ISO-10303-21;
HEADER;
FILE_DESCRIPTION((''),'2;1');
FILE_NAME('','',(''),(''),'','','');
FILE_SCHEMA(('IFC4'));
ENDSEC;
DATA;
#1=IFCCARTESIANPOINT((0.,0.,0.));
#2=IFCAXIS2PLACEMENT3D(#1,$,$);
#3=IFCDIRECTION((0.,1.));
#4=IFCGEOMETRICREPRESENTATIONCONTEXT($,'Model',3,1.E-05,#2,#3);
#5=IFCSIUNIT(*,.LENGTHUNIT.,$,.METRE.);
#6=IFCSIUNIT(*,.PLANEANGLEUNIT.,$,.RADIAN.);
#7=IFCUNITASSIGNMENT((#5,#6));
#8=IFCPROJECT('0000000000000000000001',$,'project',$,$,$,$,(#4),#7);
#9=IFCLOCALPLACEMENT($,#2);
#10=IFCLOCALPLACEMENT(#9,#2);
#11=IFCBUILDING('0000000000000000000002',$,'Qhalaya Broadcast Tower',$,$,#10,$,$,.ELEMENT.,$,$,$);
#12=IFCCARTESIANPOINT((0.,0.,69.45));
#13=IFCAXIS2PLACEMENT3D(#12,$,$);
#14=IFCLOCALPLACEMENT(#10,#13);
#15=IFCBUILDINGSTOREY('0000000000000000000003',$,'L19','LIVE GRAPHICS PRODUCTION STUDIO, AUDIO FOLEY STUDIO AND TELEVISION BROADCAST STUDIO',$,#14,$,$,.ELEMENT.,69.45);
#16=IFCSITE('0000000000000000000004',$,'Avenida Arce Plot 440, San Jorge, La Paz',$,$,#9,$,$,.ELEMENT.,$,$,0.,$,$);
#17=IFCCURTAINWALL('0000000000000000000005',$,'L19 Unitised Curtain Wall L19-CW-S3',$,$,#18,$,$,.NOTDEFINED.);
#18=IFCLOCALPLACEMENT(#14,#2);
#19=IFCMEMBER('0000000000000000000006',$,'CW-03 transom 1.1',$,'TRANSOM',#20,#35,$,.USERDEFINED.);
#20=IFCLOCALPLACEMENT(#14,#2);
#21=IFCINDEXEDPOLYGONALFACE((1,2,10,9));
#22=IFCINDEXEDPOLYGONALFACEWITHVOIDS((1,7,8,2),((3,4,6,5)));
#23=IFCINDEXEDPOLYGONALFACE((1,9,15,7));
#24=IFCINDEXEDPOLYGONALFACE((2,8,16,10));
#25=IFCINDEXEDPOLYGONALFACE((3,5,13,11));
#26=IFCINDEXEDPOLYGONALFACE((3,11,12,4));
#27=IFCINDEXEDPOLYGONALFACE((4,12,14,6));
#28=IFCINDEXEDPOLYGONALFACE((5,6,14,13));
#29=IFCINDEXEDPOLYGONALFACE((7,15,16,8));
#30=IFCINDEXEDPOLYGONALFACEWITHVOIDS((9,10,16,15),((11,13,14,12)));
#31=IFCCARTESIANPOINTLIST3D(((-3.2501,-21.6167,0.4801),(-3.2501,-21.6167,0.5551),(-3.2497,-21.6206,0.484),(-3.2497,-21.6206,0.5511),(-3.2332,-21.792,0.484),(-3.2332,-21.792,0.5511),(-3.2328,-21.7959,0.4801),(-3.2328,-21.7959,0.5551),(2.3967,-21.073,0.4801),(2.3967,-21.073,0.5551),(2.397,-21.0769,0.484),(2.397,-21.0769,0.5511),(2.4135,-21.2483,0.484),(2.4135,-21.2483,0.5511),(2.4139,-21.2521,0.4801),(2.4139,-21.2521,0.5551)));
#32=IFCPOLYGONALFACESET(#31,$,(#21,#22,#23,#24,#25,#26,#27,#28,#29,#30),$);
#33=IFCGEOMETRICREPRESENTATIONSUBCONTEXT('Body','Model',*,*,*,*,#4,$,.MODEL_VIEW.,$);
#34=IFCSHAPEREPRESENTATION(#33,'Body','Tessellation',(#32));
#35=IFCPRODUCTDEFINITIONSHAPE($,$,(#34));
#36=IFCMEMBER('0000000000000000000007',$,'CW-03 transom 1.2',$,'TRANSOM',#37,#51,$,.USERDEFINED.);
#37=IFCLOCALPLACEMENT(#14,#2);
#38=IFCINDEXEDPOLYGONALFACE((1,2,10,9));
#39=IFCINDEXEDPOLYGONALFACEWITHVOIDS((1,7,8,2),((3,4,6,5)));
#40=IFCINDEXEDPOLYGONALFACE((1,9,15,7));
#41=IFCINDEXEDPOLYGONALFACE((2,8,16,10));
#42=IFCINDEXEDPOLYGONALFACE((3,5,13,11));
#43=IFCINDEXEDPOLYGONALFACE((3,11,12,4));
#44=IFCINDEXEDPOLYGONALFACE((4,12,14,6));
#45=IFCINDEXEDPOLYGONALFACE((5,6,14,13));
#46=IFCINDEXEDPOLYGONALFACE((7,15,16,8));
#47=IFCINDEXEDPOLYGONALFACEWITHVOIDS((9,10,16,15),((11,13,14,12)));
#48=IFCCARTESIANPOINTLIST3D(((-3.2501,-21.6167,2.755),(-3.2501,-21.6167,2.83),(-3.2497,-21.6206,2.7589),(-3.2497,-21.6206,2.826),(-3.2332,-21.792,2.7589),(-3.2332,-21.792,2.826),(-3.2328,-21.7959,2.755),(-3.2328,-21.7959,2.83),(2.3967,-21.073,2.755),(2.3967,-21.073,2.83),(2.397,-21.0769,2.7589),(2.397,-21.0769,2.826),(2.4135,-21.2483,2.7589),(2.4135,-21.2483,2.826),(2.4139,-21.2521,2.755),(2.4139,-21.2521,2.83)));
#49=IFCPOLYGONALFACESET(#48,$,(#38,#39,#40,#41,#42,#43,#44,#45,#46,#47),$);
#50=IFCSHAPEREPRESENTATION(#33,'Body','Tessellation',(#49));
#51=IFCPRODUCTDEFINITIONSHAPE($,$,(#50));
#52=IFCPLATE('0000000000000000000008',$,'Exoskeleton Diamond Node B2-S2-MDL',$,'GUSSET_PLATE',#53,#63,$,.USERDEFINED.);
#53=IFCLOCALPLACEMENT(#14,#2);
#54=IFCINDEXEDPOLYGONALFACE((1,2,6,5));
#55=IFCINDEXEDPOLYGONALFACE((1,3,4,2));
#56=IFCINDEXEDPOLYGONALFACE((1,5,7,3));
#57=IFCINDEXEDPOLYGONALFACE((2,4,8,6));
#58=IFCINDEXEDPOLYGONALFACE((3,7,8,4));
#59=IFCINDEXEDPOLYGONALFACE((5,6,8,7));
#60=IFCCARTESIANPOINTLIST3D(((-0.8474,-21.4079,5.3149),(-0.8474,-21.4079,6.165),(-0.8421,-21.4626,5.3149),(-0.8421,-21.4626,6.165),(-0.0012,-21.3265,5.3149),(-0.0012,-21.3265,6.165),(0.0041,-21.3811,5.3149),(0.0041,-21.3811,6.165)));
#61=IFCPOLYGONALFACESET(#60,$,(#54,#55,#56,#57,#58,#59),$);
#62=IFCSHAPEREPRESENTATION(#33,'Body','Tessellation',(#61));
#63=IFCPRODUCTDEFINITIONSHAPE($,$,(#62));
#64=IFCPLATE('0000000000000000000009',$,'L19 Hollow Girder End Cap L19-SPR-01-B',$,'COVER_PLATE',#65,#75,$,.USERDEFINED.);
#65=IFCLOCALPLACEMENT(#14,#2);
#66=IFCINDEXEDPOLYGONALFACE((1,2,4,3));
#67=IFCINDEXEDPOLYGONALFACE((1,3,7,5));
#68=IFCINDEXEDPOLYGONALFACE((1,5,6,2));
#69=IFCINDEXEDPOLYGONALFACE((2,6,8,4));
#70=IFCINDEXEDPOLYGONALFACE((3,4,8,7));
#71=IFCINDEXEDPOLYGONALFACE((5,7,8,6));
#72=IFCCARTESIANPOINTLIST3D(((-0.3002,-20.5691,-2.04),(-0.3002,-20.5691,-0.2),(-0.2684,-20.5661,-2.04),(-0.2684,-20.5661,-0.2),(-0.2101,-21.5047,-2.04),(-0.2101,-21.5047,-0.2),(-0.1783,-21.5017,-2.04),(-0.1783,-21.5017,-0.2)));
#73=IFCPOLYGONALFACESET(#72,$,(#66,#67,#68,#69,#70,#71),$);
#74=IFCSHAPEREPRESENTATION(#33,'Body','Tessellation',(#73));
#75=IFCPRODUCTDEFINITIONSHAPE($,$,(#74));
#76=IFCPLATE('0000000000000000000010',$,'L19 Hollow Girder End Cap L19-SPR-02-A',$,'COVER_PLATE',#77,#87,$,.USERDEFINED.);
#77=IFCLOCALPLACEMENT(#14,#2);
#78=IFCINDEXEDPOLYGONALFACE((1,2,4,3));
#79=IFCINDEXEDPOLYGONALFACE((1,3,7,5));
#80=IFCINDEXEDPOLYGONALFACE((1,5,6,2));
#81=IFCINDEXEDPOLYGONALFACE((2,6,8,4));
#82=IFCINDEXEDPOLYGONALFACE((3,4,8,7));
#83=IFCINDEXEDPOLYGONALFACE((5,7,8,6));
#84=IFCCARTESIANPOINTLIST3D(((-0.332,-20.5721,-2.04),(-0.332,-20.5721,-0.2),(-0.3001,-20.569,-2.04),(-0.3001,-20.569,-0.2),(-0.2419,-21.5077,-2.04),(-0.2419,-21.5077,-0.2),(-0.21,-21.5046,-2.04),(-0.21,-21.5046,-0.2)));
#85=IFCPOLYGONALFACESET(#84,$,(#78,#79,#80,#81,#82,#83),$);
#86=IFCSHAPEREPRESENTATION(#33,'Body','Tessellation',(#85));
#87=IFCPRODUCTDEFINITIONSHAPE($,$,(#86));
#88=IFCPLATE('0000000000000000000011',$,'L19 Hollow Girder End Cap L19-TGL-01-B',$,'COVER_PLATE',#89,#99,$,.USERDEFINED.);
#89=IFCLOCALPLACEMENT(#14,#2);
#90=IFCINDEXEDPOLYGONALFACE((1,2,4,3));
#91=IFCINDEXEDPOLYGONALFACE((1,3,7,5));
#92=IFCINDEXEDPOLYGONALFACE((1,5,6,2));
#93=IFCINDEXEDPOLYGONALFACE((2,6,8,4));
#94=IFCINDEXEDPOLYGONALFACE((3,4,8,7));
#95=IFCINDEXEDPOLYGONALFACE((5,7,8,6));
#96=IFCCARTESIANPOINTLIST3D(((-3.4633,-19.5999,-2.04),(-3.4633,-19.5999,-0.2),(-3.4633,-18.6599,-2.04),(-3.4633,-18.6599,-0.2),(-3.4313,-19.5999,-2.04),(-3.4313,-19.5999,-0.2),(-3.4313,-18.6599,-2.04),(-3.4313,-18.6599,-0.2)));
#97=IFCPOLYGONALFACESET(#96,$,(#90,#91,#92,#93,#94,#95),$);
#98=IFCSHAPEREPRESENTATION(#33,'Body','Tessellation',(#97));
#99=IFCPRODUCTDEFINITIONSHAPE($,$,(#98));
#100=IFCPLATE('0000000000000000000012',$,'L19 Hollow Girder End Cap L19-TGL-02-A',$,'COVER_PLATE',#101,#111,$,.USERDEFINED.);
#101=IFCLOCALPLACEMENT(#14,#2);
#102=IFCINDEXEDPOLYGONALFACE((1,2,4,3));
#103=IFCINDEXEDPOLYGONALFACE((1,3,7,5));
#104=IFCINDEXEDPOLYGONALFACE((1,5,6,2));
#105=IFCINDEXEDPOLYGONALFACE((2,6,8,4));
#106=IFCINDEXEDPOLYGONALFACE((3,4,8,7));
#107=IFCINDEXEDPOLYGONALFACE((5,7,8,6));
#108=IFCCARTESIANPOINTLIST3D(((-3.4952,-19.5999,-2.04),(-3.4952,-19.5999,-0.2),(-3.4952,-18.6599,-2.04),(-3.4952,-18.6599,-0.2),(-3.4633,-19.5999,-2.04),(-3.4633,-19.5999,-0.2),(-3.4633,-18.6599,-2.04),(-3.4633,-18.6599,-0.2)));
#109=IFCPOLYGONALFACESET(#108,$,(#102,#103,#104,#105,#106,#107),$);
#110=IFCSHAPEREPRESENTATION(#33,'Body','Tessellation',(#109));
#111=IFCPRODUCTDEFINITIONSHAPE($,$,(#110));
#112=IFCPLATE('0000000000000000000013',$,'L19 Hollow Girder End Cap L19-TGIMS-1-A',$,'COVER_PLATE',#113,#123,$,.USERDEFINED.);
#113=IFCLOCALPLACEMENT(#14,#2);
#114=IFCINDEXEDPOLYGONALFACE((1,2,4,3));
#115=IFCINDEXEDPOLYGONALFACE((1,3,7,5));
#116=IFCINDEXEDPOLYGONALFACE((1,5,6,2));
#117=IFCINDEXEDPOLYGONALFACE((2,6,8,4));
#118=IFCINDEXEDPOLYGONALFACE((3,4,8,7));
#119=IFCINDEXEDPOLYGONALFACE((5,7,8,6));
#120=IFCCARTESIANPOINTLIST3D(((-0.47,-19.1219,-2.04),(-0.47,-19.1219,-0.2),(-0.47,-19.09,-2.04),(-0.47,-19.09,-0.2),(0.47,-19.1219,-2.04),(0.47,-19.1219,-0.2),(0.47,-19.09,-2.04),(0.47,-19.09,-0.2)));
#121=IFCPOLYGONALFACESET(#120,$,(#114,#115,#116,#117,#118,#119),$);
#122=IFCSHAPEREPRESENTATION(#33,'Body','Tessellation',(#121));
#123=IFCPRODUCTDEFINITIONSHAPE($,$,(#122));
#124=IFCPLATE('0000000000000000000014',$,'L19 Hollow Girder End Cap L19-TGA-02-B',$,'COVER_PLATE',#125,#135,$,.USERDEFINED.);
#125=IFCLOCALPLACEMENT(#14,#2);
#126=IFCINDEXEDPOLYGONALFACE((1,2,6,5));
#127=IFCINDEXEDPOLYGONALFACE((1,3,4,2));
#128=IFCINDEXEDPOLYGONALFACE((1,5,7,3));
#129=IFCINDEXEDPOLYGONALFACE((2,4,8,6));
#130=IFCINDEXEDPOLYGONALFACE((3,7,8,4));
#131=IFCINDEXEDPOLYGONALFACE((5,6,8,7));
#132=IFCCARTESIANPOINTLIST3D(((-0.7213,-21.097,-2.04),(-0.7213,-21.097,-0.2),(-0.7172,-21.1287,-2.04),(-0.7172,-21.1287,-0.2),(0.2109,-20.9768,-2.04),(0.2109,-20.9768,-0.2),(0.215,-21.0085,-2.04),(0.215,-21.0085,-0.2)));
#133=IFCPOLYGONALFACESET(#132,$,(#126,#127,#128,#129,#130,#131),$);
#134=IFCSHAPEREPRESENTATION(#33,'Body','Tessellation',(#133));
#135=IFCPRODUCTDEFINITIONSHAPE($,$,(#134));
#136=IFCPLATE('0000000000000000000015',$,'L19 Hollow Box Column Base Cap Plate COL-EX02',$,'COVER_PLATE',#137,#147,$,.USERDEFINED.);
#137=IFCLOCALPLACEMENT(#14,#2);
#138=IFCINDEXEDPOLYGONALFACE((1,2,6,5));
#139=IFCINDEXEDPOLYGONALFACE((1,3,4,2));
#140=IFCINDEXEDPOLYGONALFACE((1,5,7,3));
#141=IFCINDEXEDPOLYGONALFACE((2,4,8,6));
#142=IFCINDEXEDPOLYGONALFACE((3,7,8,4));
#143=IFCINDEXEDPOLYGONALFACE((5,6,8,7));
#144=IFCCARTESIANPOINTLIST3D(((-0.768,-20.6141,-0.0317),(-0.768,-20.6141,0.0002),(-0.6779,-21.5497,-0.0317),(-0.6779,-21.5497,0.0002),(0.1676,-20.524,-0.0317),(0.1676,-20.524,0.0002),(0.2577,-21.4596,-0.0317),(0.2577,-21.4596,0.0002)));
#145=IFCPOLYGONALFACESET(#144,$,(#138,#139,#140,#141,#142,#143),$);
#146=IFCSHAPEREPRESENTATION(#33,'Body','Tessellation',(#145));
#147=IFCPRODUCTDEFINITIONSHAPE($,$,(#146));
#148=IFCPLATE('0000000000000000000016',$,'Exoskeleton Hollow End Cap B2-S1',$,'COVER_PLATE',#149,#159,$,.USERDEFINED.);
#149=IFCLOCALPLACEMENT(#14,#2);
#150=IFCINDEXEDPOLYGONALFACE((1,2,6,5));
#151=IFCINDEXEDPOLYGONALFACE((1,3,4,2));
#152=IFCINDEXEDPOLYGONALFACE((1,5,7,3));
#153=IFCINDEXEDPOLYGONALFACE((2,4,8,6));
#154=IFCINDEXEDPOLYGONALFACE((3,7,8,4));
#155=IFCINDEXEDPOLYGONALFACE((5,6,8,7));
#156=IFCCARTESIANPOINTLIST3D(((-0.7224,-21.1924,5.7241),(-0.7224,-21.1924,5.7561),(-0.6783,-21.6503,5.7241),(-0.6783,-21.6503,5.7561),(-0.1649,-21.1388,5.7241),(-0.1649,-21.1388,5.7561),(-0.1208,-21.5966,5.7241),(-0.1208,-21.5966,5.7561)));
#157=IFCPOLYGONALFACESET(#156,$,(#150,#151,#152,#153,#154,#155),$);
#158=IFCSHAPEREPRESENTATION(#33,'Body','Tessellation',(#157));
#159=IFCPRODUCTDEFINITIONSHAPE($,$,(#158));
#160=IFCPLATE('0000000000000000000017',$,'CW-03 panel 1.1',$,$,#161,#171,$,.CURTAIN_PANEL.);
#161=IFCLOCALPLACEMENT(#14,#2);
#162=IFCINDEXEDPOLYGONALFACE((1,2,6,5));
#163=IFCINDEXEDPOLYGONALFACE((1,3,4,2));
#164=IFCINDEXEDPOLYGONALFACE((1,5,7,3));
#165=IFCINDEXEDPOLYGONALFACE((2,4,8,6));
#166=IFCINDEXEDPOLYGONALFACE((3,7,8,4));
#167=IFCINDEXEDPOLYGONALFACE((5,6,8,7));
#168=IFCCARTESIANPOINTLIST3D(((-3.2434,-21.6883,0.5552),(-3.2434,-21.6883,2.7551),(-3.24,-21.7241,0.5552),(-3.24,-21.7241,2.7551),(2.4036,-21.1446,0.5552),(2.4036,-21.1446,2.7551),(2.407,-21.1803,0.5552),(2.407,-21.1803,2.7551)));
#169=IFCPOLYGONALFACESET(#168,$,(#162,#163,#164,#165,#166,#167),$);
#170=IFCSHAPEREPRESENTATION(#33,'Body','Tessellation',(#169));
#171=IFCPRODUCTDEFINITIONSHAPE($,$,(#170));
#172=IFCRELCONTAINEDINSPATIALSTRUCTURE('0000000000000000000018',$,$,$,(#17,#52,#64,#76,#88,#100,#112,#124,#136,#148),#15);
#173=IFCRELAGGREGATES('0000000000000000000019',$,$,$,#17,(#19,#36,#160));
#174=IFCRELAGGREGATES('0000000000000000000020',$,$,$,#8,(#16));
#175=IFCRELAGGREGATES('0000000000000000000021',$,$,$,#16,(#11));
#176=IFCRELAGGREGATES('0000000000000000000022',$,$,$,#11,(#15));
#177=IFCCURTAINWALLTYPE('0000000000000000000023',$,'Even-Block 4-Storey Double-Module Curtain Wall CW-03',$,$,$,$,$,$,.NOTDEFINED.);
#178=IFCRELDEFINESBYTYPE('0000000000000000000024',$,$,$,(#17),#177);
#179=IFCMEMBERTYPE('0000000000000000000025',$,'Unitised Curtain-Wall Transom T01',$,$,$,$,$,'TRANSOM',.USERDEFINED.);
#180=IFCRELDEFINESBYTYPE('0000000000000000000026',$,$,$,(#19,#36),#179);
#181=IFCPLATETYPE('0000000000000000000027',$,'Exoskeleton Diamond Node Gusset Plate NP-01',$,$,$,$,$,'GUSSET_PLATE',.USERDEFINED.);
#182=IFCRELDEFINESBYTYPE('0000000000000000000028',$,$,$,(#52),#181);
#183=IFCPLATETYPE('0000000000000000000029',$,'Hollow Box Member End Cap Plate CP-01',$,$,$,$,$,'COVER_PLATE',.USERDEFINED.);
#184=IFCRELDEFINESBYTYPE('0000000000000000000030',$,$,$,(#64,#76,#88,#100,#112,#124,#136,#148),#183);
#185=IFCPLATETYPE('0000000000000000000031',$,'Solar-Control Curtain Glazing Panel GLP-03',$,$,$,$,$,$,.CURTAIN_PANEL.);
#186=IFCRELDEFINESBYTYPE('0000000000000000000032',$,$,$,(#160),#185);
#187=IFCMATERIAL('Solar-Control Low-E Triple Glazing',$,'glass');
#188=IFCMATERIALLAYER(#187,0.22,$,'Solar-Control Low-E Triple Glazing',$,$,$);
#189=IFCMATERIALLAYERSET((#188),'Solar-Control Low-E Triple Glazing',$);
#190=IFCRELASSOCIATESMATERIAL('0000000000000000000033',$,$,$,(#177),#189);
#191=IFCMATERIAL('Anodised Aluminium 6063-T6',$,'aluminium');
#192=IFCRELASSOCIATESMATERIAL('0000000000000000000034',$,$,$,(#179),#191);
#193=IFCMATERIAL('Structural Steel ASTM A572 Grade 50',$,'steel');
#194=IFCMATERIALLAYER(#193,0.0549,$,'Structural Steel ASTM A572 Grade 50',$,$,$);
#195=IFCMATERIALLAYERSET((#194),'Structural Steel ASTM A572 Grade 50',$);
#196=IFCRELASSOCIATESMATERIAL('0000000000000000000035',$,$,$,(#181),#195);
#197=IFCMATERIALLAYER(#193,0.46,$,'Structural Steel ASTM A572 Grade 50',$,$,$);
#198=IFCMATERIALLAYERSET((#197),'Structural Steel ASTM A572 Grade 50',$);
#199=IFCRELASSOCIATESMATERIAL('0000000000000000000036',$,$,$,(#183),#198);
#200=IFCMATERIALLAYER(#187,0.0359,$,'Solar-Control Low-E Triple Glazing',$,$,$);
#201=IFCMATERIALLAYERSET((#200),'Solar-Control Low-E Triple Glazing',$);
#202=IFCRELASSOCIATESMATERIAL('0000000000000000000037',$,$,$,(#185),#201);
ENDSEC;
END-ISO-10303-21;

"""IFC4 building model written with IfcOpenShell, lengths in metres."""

from ifc_helpers import new_model, si_unit, direction, frame, origin, origin_2d, place, context, subcontext, project, spatial, rectangle, hollow_rectangle, extrude, material, layer, layer_set, material_profile, profile_set, type_object, element, aggregate, save


model = new_model("IFC4")

# Units and contexts
model_context = context("Model", 3, precision=1e-05, world=origin(), true_north=direction((0.0, 1.0)))
body_context = subcontext(model_context, "Body", "Model", "MODEL_VIEW")
ifc_project = project(units=[si_unit("LENGTHUNIT", "METRE"), si_unit("PLANEANGLEUNIT", "RADIAN")], contexts=[model_context])

# Site, building, storey
site_placement = place(None, origin())
site = spatial("IfcSite", under=ifc_project, at=site_placement, Name="Avenida Arce Plot 440, San Jorge, La Paz", CompositionType="ELEMENT", RefElevation=0.0)
building_placement = place(site_placement, origin())
building = spatial("IfcBuilding", under=site, at=building_placement, Name="Qhalaya Broadcast Tower", CompositionType="ELEMENT")
storey_placement = place(building_placement, frame((0.0, 0.0, 69.45)))
storey = spatial("IfcBuildingStorey", under=building, at=storey_placement, Name="L19", Description="LIVE GRAPHICS PRODUCTION STUDIO, AUDIO FOLEY STUDIO AND TELEVISION BROADCAST STUDIO", CompositionType="ELEMENT", Elevation=69.45)

# Shared definitions
ifc_material_1 = material(Name="Structural Steel ASTM A572 Grade 50", Category="steel")

# Shared definitions
ifc_material_2 = material(Name="Anodised Aluminium 6063-T6", Category="aluminium")

# Curtain wall, members
ifc_material_3 = material(Name="Solar-Control Low-E Triple Glazing", Category="glass")
ifc_layer_1 = layer(ifc_material_3, 0.22, Name="Solar-Control Low-E Triple Glazing")
ifc_layer_set_1 = layer_set([ifc_layer_1], Name="Solar-Control Low-E Triple Glazing")
curtain_wall_type_1 = type_object("IfcCurtainWallType", Name="Even-Block 4-Storey Double-Module Curtain Wall CW-03", PredefinedType="NOTDEFINED", material=ifc_layer_set_1)
curtain_wall_1_placement = place(storey_placement, origin())
curtain_wall_1 = element("IfcCurtainWall", 1, at=curtain_wall_1_placement, inside=storey, type_object=curtain_wall_type_1, Name="L19 Unitised Curtain Wall L19-CW-S3", PredefinedType="NOTDEFINED")
ifc_material_profile_1 = material_profile(ifc_material_2, hollow_rectangle(XDim=0.075, YDim=0.1799, WallThickness=0.0039, at=origin_2d()), Name="ALU-TRN 75x180x4")
ifc_profile_set_1 = profile_set([ifc_material_profile_1], Name="Anodised Aluminium 6063-T6")
member_type_1 = type_object("IfcMemberType", Name="Unitised Curtain-Wall Transom T01", ElementType="TRANSOM", PredefinedType="USERDEFINED", material=ifc_profile_set_1)
member_1_placement = place(storey_placement, frame((-3.2415, -21.7063, 0.5176), z_axis=(0.995396, 0.095843, 0.0), x_axis=(0.0, 0.0, 1.0)))
member_1 = element("IfcMember", 2, at=member_1_placement, type_object=member_type_1, Name="CW-03 transom 1.1", ObjectType="TRANSOM", PredefinedType="USERDEFINED", context=body_context, shape_type="SweptSolid", body=[
    extrude(hollow_rectangle(XDim=0.075, YDim=0.1799, WallThickness=0.0039, at=origin_2d()), origin(), (0.0, 0.0, 1.0), 5.6729),
])
member_2_placement = place(storey_placement, frame((-3.2415, -21.7063, 2.7925), z_axis=(0.995396, 0.095843, 0.0), x_axis=(0.0, 0.0, 1.0)))
member_2 = element("IfcMember", 3, at=member_2_placement, type_object=member_type_1, Name="CW-03 transom 1.2", ObjectType="TRANSOM", PredefinedType="USERDEFINED", context=body_context, shape_type="SweptSolid", body=[
    extrude(hollow_rectangle(XDim=0.075, YDim=0.1799, WallThickness=0.0039, at=origin_2d()), origin(), (0.0, 0.0, 1.0), 5.6729),
])

# Plates
ifc_layer_2 = layer(ifc_material_1, 0.0549, Name="Structural Steel ASTM A572 Grade 50")
ifc_layer_set_2 = layer_set([ifc_layer_2], Name="Structural Steel ASTM A572 Grade 50")
plate_type_1 = type_object("IfcPlateType", Name="Exoskeleton Diamond Node Gusset Plate NP-01", ElementType="GUSSET_PLATE", PredefinedType="USERDEFINED", material=ifc_layer_set_2)
plate_1_placement = place(storey_placement, frame((-0.4216, -21.3945, 5.3149), z_axis=(0.0, 0.0, 1.0), x_axis=(0.995396, 0.095846, 0.0)))
element("IfcPlate", 4, at=plate_1_placement, inside=storey, type_object=plate_type_1, Name="Exoskeleton Diamond Node B2-S2-MDL", ObjectType="GUSSET_PLATE", PredefinedType="USERDEFINED", context=body_context, shape_type="SweptSolid", body=[
    extrude(rectangle(XDim=0.8501, YDim=0.0549, at=origin_2d()), origin(), (0.0, 0.0, 1.0), 0.8501),
])
ifc_layer_3 = layer(ifc_material_1, 0.46, Name="Structural Steel ASTM A572 Grade 50")
ifc_layer_set_3 = layer_set([ifc_layer_3], Name="Structural Steel ASTM A572 Grade 50")
plate_type_2 = type_object("IfcPlateType", Name="Hollow Box Member End Cap Plate CP-01", ElementType="COVER_PLATE", PredefinedType="USERDEFINED", material=ifc_layer_set_3)
for number, where, z_axis, x_axis, name in (
    (5, (-0.2393, -21.0354, -2.04), (0.0, 0.0, 1.0), (-0.095846, 0.995396, 0.0), "L19 Hollow Girder End Cap L19-SPR-01-B"),
    (6, (-0.271, -21.0383, -2.04), (0.0, 0.0, 1.0), (-0.095846, 0.995396, 0.0), "L19 Hollow Girder End Cap L19-SPR-02-A"),
    (7, (-3.4473, -19.1299, -2.04), (0.0, 0.0, 1.0), (0.0, 1.0, 0.0), "L19 Hollow Girder End Cap L19-TGL-01-B"),
    (8, (-3.4792, -19.1299, -2.04), (0.0, 0.0, 1.0), (0.0, 1.0, 0.0), "L19 Hollow Girder End Cap L19-TGL-02-A"),
    (9, (0.0, -19.106, -2.04), (0.0, 0.0, 1.0), (-1.0, 0.0, 0.0), "L19 Hollow Girder End Cap L19-TGIMS-1-A"),
    (10, (-0.2532, -21.0527, -2.04), (0.0, 0.0, 1.0), (0.991788, 0.127896, 0.0), "L19 Hollow Girder End Cap L19-TGA-02-B"),
):
    element("IfcPlate", number, at=place(storey_placement, frame(where, z_axis=z_axis, x_axis=x_axis)), inside=storey, type_object=plate_type_2, Name=name, ObjectType="COVER_PLATE", PredefinedType="USERDEFINED", context=body_context, shape_type="SweptSolid", body=[
        extrude(rectangle(XDim=0.9399, YDim=0.032, at=origin_2d()), origin(), (0.0, 0.0, 1.0), 1.8401),
    ])
plate_2_placement = place(storey_placement, frame((-0.2551, -21.0369, -0.0317), z_axis=(0.0, 0.0, 1.0), x_axis=(0.995396, 0.095846, 0.0)))
element("IfcPlate", 11, at=plate_2_placement, inside=storey, type_object=plate_type_2, Name="L19 Hollow Box Column Base Cap Plate COL-EX02", ObjectType="COVER_PLATE", PredefinedType="USERDEFINED", context=body_context, shape_type="SweptSolid", body=[
    extrude(rectangle(XDim=0.9399, YDim=0.9399, at=origin_2d()), origin(), (0.0, 0.0, 1.0), 0.032),
])
plate_3_placement = place(storey_placement, frame((-0.4216, -21.3945, 5.7241), z_axis=(0.0, 0.0, 1.0), x_axis=(0.995396, 0.095846, 0.0)))
element("IfcPlate", 12, at=plate_3_placement, inside=storey, type_object=plate_type_2, Name="Exoskeleton Hollow End Cap B2-S1", ObjectType="COVER_PLATE", PredefinedType="USERDEFINED", context=body_context, shape_type="SweptSolid", body=[
    extrude(rectangle(XDim=0.5601, YDim=0.46, at=origin_2d()), origin(), (0.0, 0.0, 1.0), 0.032),
])

# Plate
ifc_layer_4 = layer(ifc_material_3, 0.0359, Name="Solar-Control Low-E Triple Glazing")
ifc_layer_set_4 = layer_set([ifc_layer_4], Name="Solar-Control Low-E Triple Glazing")
plate_type_3 = type_object("IfcPlateType", Name="Solar-Control Curtain Glazing Panel GLP-03", PredefinedType="CURTAIN_PANEL", material=ifc_layer_set_4)
plate_4_placement = place(storey_placement, frame((-0.4182, -21.4343, 0.5552), z_axis=(0.0, 0.0, 1.0), x_axis=(0.995396, 0.095844, 0.0)))
plate_4 = element("IfcPlate", 13, at=plate_4_placement, type_object=plate_type_3, Name="CW-03 panel 1.1", PredefinedType="CURTAIN_PANEL", context=body_context, shape_type="SweptSolid", body=[
    extrude(rectangle(XDim=5.6731, YDim=0.0359, at=origin_2d()), origin(), (0.0, 0.0, 1.0), 2.2),
])
aggregate(curtain_wall_1, [member_1, member_2, plate_4])

save(model, "model.ifc")
